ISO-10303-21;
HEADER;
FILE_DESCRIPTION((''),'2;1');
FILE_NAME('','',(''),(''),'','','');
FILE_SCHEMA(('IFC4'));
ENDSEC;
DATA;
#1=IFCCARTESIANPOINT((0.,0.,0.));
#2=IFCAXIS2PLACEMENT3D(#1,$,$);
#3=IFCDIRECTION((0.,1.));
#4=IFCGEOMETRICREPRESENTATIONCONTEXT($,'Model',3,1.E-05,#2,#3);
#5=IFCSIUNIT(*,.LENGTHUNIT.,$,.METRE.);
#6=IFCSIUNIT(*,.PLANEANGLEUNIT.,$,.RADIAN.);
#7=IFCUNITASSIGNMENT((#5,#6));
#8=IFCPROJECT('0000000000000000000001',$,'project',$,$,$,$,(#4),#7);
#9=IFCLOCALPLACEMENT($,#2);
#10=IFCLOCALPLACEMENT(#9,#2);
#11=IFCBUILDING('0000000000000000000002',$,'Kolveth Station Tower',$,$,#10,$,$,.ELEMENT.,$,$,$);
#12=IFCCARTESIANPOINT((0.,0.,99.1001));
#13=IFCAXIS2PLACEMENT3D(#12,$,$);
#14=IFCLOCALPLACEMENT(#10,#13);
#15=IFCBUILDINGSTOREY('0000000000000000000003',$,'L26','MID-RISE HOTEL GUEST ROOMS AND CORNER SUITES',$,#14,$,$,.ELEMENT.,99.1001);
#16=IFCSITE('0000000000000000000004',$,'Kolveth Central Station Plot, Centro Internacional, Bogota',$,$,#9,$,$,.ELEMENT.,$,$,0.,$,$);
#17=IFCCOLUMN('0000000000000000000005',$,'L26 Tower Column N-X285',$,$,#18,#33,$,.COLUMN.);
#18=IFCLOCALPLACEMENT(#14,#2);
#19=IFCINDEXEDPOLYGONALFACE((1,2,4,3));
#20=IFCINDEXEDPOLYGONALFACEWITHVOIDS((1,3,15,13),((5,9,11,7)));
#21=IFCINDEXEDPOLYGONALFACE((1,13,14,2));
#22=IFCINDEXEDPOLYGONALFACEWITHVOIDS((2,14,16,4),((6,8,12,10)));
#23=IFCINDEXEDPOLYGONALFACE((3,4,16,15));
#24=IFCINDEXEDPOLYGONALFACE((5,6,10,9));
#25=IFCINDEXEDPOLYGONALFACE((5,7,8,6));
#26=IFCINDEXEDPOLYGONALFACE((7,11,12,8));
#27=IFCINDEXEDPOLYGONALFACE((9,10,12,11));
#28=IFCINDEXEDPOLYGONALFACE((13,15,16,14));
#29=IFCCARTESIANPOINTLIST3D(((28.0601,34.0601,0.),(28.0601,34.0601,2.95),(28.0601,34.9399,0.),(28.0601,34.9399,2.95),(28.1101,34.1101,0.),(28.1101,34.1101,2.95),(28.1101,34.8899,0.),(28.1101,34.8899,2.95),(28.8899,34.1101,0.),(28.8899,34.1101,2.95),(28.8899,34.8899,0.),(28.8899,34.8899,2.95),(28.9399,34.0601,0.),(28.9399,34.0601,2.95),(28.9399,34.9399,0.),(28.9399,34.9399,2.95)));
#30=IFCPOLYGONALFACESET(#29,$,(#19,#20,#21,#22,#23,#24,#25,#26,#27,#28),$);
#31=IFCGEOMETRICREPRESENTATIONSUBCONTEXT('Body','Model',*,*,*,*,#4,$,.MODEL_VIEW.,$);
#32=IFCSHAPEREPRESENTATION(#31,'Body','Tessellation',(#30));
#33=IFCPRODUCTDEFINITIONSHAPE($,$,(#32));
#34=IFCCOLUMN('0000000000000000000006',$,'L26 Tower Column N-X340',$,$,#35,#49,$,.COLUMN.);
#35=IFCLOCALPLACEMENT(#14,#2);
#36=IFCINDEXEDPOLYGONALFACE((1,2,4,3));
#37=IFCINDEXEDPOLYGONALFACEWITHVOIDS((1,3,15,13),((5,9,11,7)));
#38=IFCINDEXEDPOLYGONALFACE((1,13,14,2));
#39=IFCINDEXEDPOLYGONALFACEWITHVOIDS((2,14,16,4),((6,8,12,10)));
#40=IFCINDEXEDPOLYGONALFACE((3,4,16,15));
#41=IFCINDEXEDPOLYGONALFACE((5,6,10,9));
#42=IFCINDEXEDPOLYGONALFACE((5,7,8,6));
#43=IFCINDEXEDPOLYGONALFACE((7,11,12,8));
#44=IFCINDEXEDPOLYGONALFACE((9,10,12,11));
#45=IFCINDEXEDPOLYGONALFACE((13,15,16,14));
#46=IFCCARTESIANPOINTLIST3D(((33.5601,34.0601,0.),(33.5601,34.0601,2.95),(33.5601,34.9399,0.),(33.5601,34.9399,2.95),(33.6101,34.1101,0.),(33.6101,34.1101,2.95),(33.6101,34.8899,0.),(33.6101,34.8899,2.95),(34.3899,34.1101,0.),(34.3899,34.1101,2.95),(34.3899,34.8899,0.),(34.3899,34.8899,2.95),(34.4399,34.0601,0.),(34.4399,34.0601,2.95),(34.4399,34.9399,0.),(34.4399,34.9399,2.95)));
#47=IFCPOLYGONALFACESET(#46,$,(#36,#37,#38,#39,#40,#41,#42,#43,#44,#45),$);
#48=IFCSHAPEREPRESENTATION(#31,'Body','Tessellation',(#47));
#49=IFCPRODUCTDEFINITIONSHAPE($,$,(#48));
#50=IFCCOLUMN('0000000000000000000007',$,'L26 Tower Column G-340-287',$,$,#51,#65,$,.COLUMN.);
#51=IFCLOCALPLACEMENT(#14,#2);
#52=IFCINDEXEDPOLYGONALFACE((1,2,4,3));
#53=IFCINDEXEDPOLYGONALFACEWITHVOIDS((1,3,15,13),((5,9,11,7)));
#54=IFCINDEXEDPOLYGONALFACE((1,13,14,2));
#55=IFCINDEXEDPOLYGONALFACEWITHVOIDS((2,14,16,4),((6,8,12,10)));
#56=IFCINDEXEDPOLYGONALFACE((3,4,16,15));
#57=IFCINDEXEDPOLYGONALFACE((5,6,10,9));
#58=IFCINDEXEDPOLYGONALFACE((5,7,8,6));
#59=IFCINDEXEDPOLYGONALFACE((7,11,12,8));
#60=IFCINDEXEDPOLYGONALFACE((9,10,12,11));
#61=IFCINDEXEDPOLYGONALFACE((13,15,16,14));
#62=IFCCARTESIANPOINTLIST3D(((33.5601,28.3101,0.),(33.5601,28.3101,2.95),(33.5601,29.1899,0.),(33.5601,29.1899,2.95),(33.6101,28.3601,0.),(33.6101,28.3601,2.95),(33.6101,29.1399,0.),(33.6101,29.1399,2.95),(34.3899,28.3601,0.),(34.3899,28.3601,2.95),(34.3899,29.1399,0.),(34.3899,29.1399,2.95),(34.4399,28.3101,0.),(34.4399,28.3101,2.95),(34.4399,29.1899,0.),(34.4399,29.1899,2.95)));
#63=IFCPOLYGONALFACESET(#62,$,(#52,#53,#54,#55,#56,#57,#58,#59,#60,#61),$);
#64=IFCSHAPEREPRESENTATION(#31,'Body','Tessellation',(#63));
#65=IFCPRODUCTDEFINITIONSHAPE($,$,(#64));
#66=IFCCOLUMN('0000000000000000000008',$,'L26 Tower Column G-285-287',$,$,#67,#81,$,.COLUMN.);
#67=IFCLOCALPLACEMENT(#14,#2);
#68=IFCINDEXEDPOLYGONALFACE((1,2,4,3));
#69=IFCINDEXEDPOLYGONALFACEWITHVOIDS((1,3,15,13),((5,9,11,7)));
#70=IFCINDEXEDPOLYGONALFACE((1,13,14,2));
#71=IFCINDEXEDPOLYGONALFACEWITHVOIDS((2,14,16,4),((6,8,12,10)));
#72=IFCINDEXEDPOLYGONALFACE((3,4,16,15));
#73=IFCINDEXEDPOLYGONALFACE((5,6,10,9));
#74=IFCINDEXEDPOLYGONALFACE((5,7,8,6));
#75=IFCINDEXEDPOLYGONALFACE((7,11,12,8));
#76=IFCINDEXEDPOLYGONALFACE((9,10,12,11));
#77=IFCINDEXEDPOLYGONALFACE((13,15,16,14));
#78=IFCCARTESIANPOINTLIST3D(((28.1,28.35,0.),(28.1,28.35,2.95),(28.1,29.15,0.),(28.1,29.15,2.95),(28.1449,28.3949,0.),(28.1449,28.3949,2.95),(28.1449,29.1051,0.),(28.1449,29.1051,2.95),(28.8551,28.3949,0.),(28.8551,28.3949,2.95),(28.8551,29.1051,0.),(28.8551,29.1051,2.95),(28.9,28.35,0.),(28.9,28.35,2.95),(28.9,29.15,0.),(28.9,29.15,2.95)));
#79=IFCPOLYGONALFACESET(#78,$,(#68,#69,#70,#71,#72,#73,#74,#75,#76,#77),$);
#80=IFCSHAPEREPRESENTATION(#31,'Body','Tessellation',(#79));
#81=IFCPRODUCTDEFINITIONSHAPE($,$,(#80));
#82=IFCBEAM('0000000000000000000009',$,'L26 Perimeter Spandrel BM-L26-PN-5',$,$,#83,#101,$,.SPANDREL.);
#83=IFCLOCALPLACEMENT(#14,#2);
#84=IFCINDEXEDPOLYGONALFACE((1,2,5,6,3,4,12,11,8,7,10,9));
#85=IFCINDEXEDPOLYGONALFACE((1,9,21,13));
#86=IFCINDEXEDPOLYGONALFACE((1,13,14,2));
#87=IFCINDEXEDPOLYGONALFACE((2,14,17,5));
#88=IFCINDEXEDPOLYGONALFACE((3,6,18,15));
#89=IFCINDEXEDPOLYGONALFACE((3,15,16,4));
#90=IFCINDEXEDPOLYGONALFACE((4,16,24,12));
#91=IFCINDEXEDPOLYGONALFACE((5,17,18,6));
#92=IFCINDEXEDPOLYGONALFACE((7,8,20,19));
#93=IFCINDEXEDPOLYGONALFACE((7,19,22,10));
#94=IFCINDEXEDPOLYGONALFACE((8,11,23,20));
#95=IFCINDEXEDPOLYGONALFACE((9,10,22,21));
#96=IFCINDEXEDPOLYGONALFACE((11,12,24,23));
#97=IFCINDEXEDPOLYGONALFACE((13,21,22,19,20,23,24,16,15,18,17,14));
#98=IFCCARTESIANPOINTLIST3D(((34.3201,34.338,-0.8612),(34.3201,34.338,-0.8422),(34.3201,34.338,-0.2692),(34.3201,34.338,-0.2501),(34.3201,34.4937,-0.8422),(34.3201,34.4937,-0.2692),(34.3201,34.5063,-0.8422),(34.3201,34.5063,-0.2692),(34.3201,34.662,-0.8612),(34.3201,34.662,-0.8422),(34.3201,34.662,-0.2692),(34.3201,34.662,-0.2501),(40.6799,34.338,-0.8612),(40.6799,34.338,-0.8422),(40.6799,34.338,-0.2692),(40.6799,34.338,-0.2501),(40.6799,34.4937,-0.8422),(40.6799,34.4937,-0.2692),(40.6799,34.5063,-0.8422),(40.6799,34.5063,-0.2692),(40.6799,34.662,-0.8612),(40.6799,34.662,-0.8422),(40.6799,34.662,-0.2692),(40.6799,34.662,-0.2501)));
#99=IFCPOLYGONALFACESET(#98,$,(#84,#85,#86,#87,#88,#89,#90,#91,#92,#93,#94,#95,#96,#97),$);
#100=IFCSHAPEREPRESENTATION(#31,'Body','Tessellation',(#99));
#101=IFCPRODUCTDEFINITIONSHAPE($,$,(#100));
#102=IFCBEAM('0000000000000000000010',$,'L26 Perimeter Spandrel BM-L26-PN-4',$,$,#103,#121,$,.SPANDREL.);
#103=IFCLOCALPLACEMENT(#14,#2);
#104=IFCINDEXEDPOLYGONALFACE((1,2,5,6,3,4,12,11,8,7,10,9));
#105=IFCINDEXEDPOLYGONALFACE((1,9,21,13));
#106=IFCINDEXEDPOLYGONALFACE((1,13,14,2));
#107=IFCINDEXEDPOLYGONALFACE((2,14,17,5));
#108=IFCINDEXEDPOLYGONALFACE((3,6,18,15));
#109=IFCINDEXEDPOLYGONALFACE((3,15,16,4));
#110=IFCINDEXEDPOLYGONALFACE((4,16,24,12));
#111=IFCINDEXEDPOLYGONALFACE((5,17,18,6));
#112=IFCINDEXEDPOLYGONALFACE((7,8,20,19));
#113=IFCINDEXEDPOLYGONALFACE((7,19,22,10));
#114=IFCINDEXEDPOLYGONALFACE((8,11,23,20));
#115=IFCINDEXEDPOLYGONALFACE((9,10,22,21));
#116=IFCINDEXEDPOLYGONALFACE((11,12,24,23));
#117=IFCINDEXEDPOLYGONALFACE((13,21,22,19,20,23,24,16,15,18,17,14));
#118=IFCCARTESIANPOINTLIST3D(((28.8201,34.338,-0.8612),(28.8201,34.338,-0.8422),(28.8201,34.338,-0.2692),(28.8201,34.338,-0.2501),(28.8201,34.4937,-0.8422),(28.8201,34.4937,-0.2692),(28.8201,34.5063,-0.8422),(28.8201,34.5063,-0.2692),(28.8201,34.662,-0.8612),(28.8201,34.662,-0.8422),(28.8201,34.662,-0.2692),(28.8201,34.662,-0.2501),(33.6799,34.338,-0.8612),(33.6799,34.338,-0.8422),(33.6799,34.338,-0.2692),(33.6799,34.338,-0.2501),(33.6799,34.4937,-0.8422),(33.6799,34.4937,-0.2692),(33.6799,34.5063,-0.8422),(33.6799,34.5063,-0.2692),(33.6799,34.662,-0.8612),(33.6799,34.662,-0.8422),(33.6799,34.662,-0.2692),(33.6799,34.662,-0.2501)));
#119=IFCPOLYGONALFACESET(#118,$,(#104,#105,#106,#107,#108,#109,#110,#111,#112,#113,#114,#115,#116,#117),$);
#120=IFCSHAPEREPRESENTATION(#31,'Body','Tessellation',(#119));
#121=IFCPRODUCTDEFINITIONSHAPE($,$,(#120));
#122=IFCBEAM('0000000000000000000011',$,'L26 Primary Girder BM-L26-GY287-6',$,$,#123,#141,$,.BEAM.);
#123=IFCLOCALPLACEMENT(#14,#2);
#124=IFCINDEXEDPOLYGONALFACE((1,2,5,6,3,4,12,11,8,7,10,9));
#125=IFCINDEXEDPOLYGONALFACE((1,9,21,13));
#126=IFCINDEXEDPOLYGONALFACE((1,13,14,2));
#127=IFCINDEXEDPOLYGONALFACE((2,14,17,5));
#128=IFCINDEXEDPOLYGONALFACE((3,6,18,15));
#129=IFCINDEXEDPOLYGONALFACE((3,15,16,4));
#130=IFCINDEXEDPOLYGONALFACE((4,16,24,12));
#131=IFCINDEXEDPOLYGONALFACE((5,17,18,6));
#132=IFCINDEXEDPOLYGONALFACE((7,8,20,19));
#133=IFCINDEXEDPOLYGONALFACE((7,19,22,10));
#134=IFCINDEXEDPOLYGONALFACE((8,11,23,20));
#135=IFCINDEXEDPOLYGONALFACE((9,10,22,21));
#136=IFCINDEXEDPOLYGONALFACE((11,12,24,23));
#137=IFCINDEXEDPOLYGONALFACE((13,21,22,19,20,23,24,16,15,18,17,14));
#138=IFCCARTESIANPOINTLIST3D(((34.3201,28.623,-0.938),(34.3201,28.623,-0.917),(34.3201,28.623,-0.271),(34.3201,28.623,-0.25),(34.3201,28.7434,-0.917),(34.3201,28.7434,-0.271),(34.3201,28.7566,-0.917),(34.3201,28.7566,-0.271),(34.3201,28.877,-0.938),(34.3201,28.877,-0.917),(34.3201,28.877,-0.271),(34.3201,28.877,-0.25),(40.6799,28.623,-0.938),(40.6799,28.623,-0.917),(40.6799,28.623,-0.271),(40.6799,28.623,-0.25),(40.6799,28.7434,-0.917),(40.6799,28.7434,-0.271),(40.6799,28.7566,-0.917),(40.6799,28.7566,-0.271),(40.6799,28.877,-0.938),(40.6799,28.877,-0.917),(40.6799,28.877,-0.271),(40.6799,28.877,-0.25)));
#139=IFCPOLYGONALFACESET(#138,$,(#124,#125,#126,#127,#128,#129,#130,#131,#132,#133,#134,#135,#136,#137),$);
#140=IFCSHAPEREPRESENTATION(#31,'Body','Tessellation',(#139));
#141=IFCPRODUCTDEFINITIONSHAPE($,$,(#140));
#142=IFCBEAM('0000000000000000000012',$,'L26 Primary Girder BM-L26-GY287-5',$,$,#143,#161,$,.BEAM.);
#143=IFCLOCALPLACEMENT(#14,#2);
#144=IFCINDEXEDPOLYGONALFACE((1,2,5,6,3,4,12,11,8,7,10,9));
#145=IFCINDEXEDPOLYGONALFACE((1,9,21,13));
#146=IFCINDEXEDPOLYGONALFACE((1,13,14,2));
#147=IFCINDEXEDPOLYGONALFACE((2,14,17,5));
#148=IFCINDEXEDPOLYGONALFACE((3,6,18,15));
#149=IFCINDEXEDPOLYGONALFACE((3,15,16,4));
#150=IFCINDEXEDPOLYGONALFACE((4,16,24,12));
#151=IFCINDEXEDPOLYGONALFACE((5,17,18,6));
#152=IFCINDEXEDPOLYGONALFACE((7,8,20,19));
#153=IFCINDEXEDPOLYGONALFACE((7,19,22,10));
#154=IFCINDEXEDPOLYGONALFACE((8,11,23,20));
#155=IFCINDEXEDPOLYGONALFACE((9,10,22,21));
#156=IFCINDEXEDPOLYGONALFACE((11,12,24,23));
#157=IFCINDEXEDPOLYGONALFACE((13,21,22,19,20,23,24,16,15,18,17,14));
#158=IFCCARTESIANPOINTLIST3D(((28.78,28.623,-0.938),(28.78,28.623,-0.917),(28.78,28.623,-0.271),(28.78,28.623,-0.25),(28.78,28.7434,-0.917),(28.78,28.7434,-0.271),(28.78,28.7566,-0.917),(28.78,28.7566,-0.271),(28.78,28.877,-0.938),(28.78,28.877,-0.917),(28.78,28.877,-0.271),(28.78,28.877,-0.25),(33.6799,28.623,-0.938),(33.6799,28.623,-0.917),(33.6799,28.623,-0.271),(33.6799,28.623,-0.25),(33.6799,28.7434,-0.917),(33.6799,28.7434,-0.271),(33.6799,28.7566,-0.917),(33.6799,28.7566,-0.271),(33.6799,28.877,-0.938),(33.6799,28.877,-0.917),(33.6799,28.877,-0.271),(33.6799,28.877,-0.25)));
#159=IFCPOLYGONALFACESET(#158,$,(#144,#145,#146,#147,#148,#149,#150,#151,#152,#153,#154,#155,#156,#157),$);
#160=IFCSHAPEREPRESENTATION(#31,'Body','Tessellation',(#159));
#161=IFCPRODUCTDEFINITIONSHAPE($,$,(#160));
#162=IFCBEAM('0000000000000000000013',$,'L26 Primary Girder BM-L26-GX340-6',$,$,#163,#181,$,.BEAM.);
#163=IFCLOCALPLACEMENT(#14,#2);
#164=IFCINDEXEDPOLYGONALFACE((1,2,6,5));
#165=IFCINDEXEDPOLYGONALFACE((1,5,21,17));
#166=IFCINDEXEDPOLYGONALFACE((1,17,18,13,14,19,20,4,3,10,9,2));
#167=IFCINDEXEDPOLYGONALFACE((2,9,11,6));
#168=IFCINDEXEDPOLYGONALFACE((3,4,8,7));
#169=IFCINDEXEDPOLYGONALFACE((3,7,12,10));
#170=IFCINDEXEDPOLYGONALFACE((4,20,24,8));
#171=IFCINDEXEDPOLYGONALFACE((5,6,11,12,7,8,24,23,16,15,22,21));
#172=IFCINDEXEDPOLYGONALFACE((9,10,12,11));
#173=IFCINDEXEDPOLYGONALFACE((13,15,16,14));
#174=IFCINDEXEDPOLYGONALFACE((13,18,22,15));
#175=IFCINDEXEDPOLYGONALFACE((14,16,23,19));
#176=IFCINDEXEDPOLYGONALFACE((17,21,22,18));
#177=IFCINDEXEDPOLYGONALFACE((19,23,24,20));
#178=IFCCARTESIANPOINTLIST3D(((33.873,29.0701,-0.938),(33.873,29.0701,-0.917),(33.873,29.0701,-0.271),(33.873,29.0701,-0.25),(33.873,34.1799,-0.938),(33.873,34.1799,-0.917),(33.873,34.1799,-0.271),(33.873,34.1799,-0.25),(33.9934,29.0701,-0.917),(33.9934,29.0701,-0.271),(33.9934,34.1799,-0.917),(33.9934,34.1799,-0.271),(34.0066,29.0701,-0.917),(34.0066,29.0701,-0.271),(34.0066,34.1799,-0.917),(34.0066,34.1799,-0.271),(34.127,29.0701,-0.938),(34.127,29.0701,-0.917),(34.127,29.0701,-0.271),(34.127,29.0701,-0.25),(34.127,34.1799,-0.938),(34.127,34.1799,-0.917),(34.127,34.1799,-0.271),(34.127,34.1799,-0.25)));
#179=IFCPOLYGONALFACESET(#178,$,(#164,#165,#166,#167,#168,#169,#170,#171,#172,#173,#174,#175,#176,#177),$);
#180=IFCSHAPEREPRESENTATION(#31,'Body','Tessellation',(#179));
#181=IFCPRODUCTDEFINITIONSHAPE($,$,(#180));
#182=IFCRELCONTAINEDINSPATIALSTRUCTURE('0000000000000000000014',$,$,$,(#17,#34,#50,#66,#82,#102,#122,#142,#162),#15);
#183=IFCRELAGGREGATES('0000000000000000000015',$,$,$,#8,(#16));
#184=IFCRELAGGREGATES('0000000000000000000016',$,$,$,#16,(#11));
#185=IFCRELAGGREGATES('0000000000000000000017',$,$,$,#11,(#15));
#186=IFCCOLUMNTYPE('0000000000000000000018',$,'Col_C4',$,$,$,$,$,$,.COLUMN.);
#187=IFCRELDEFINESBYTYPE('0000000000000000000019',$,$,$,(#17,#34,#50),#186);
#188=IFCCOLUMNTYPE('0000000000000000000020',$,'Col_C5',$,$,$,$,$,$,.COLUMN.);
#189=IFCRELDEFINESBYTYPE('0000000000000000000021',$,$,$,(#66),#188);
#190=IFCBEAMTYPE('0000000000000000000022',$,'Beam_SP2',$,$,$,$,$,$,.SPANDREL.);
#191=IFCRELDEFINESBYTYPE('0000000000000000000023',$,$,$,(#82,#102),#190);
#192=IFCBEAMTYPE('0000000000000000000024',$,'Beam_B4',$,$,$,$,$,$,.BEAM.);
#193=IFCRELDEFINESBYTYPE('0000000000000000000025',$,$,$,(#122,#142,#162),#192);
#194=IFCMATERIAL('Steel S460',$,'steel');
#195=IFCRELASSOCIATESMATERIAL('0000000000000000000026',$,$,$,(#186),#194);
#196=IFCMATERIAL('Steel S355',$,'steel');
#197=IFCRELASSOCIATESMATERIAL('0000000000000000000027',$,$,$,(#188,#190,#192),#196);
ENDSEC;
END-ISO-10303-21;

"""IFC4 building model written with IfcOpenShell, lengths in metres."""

from ifc_helpers import new_model, si_unit, direction, frame, origin, origin_2d, place, context, subcontext, project, spatial, hollow_rectangle, i_section, extrude, source, transform, mapped, material, material_profile, profile_set, type_object, element, save


model = new_model("IFC4")

# Units and contexts
model_context = context("Model", 3, precision=1e-05, world=origin(), true_north=direction((0.0, 1.0)))
body_context = subcontext(model_context, "Body", "Model", "MODEL_VIEW")
ifc_project = project(units=[si_unit("LENGTHUNIT", "METRE"), si_unit("PLANEANGLEUNIT", "RADIAN")], contexts=[model_context])

# Site, building, storey
site_placement = place(None, origin())
site = spatial("IfcSite", under=ifc_project, at=site_placement, Name="Kolveth Central Station Plot, Centro Internacional, Bogota", CompositionType="ELEMENT", RefElevation=0.0)
building_placement = place(site_placement, origin())
building = spatial("IfcBuilding", under=site, at=building_placement, Name="Kolveth Station Tower", CompositionType="ELEMENT")
storey_placement = place(building_placement, frame((0.0, 0.0, 99.1001)))
storey = spatial("IfcBuildingStorey", under=building, at=storey_placement, Name="L26", Description="MID-RISE HOTEL GUEST ROOMS AND CORNER SUITES", CompositionType="ELEMENT", Elevation=99.1001)

# Columns
ifc_material_1 = material(Name="Steel S460", Category="steel")
ifc_material_profile_1 = material_profile(ifc_material_1, hollow_rectangle(XDim=0.8799, YDim=0.8799, WallThickness=0.05, at=origin_2d()), Name="BOX880x880x50")
ifc_profile_set_1 = profile_set([ifc_material_profile_1], Name="Steel S460")
column_type_1 = type_object("IfcColumnType", Name="Col_C4", PredefinedType="COLUMN", material=ifc_profile_set_1)
shared_shape_1 = source(origin(), body_context, "Body", "SweptSolid", [
    extrude(hollow_rectangle(XDim=0.8799, YDim=0.8799, WallThickness=0.05, at=origin_2d()), origin(), (0.0, 0.0, 1.0), 2.95),
])
for number, where, z_axis, x_axis, name in (
    (1, (28.5, 34.5, 0.0), (0.0, 0.0, 1.0), (1.0, 0.0, 0.0), "L26 Tower Column N-X285"),
    (2, (34.0, 34.5, 0.0), (0.0, 0.0, 1.0), (1.0, 0.0, 0.0), "L26 Tower Column N-X340"),
    (3, (34.0, 28.75, 0.0), (0.0, 0.0, 1.0), (1.0, 0.0, 0.0), "L26 Tower Column G-340-287"),
):
    element("IfcColumn", number, at=place(storey_placement, frame(where, z_axis=z_axis, x_axis=x_axis)), inside=storey, type_object=column_type_1, Name=name, PredefinedType="COLUMN", context=body_context, shape_type="MappedRepresentation", body=[
        mapped(shared_shape_1, transform((0.0, 0.0, 0.0), x_axis=(1.0, 0.0, 0.0), y_axis=(0.0, 1.0, 0.0), z_axis=(0.0, 0.0, 1.0), scale=1.0)),
    ])
ifc_material_2 = material(Name="Steel S355", Category="steel")
ifc_material_profile_2 = material_profile(ifc_material_2, hollow_rectangle(XDim=0.8, YDim=0.8, WallThickness=0.0449, at=origin_2d()), Name="BOX800x800x45")
ifc_profile_set_2 = profile_set([ifc_material_profile_2], Name="Steel S355")
column_type_2 = type_object("IfcColumnType", Name="Col_C5", PredefinedType="COLUMN", material=ifc_profile_set_2)
shared_shape_2 = source(origin(), body_context, "Body", "SweptSolid", [
    extrude(hollow_rectangle(XDim=0.8, YDim=0.8, WallThickness=0.0449, at=origin_2d()), origin(), (0.0, 0.0, 1.0), 2.95),
])
column_placement = place(storey_placement, frame((28.5, 28.75, 0.0), z_axis=(0.0, 0.0, 1.0), x_axis=(1.0, 0.0, 0.0)))
element("IfcColumn", 4, at=column_placement, inside=storey, type_object=column_type_2, Name="L26 Tower Column G-285-287", PredefinedType="COLUMN", context=body_context, shape_type="MappedRepresentation", body=[
    mapped(shared_shape_2, transform((0.0, 0.0, 0.0), x_axis=(1.0, 0.0, 0.0), y_axis=(0.0, 1.0, 0.0), z_axis=(0.0, 0.0, 1.0), scale=1.0)),
])

# Beams
ifc_material_profile_3 = material_profile(ifc_material_2, i_section(OverallWidth=0.324, OverallDepth=0.6111, WebThickness=0.0127, FlangeThickness=0.019, at=origin_2d()), Name="W610x155")
ifc_profile_set_3 = profile_set([ifc_material_profile_3], Name="Steel S355")
beam_type_1 = type_object("IfcBeamType", Name="Beam_SP2", PredefinedType="SPANDREL", material=ifc_profile_set_3)
shared_shape_3 = source(origin(), body_context, "Body", "SweptSolid", [
    extrude(i_section(OverallWidth=0.324, OverallDepth=0.6111, WebThickness=0.0127, FlangeThickness=0.019, at=origin_2d()), origin(), (0.0, 0.0, 1.0), 6.3599),
])
beam_1_placement = place(storey_placement, frame((34.3201, 34.5, -0.5557), z_axis=(1.0, 0.0, 0.0), x_axis=(0.0, 1.0, 0.0)))
element("IfcBeam", 5, at=beam_1_placement, inside=storey, type_object=beam_type_1, Name="L26 Perimeter Spandrel BM-L26-PN-5", PredefinedType="SPANDREL", context=body_context, shape_type="MappedRepresentation", body=[
    mapped(shared_shape_3, transform((0.0, 0.0, 0.0), x_axis=(1.0, 0.0, 0.0), y_axis=(0.0, 1.0, 0.0), z_axis=(0.0, 0.0, 1.0), scale=1.0)),
])
shared_shape_4 = source(origin(), body_context, "Body", "SweptSolid", [
    extrude(i_section(OverallWidth=0.324, OverallDepth=0.6111, WebThickness=0.0127, FlangeThickness=0.019, at=origin_2d()), origin(), (0.0, 0.0, 1.0), 4.8599),
])
beam_2_placement = place(storey_placement, frame((28.8201, 34.5, -0.5557), z_axis=(1.0, 0.0, 0.0), x_axis=(0.0, 1.0, 0.0)))
element("IfcBeam", 6, at=beam_2_placement, inside=storey, type_object=beam_type_1, Name="L26 Perimeter Spandrel BM-L26-PN-4", PredefinedType="SPANDREL", context=body_context, shape_type="MappedRepresentation", body=[
    mapped(shared_shape_4, transform((0.0, 0.0, 0.0), x_axis=(1.0, 0.0, 0.0), y_axis=(0.0, 1.0, 0.0), z_axis=(0.0, 0.0, 1.0), scale=1.0)),
])
ifc_material_profile_4 = material_profile(ifc_material_2, i_section(OverallWidth=0.2539, OverallDepth=0.688, WebThickness=0.0132, FlangeThickness=0.021, at=origin_2d()), Name="W690x152")
ifc_profile_set_4 = profile_set([ifc_material_profile_4], Name="Steel S355")
beam_type_2 = type_object("IfcBeamType", Name="Beam_B4", PredefinedType="BEAM", material=ifc_profile_set_4)
shared_shape_5 = source(origin(), body_context, "Body", "SweptSolid", [
    extrude(i_section(OverallWidth=0.2539, OverallDepth=0.688, WebThickness=0.0132, FlangeThickness=0.021, at=origin_2d()), origin(), (0.0, 0.0, 1.0), 6.3599),
])
beam_3_placement = place(storey_placement, frame((34.3201, 28.75, -0.594), z_axis=(1.0, 0.0, 0.0), x_axis=(0.0, 1.0, 0.0)))
element("IfcBeam", 7, at=beam_3_placement, inside=storey, type_object=beam_type_2, Name="L26 Primary Girder BM-L26-GY287-6", PredefinedType="BEAM", context=body_context, shape_type="MappedRepresentation", body=[
    mapped(shared_shape_5, transform((0.0, 0.0, 0.0), x_axis=(1.0, 0.0, 0.0), y_axis=(0.0, 1.0, 0.0), z_axis=(0.0, 0.0, 1.0), scale=1.0)),
])
shared_shape_6 = source(origin(), body_context, "Body", "SweptSolid", [
    extrude(i_section(OverallWidth=0.2539, OverallDepth=0.688, WebThickness=0.0132, FlangeThickness=0.021, at=origin_2d()), origin(), (0.0, 0.0, 1.0), 4.8999),
])
beam_4_placement = place(storey_placement, frame((28.78, 28.75, -0.594), z_axis=(1.0, 0.0, 0.0), x_axis=(0.0, 1.0, 0.0)))
element("IfcBeam", 8, at=beam_4_placement, inside=storey, type_object=beam_type_2, Name="L26 Primary Girder BM-L26-GY287-5", PredefinedType="BEAM", context=body_context, shape_type="MappedRepresentation", body=[
    mapped(shared_shape_6, transform((0.0, 0.0, 0.0), x_axis=(1.0, 0.0, 0.0), y_axis=(0.0, 1.0, 0.0), z_axis=(0.0, 0.0, 1.0), scale=1.0)),
])
shared_shape_7 = source(origin(), body_context, "Body", "SweptSolid", [
    extrude(i_section(OverallWidth=0.2539, OverallDepth=0.688, WebThickness=0.0132, FlangeThickness=0.021, at=origin_2d()), origin(), (0.0, 0.0, 1.0), 5.1099),
])
beam_5_placement = place(storey_placement, frame((34.0, 29.0701, -0.594), z_axis=(0.0, 1.0, 0.0), x_axis=(-1.0, 0.0, 0.0)))
element("IfcBeam", 9, at=beam_5_placement, inside=storey, type_object=beam_type_2, Name="L26 Primary Girder BM-L26-GX340-6", PredefinedType="BEAM", context=body_context, shape_type="MappedRepresentation", body=[
    mapped(shared_shape_7, transform((0.0, 0.0, 0.0), x_axis=(1.0, 0.0, 0.0), y_axis=(0.0, 1.0, 0.0), z_axis=(0.0, 0.0, 1.0), scale=1.0)),
])

save(model, "model.ifc")
